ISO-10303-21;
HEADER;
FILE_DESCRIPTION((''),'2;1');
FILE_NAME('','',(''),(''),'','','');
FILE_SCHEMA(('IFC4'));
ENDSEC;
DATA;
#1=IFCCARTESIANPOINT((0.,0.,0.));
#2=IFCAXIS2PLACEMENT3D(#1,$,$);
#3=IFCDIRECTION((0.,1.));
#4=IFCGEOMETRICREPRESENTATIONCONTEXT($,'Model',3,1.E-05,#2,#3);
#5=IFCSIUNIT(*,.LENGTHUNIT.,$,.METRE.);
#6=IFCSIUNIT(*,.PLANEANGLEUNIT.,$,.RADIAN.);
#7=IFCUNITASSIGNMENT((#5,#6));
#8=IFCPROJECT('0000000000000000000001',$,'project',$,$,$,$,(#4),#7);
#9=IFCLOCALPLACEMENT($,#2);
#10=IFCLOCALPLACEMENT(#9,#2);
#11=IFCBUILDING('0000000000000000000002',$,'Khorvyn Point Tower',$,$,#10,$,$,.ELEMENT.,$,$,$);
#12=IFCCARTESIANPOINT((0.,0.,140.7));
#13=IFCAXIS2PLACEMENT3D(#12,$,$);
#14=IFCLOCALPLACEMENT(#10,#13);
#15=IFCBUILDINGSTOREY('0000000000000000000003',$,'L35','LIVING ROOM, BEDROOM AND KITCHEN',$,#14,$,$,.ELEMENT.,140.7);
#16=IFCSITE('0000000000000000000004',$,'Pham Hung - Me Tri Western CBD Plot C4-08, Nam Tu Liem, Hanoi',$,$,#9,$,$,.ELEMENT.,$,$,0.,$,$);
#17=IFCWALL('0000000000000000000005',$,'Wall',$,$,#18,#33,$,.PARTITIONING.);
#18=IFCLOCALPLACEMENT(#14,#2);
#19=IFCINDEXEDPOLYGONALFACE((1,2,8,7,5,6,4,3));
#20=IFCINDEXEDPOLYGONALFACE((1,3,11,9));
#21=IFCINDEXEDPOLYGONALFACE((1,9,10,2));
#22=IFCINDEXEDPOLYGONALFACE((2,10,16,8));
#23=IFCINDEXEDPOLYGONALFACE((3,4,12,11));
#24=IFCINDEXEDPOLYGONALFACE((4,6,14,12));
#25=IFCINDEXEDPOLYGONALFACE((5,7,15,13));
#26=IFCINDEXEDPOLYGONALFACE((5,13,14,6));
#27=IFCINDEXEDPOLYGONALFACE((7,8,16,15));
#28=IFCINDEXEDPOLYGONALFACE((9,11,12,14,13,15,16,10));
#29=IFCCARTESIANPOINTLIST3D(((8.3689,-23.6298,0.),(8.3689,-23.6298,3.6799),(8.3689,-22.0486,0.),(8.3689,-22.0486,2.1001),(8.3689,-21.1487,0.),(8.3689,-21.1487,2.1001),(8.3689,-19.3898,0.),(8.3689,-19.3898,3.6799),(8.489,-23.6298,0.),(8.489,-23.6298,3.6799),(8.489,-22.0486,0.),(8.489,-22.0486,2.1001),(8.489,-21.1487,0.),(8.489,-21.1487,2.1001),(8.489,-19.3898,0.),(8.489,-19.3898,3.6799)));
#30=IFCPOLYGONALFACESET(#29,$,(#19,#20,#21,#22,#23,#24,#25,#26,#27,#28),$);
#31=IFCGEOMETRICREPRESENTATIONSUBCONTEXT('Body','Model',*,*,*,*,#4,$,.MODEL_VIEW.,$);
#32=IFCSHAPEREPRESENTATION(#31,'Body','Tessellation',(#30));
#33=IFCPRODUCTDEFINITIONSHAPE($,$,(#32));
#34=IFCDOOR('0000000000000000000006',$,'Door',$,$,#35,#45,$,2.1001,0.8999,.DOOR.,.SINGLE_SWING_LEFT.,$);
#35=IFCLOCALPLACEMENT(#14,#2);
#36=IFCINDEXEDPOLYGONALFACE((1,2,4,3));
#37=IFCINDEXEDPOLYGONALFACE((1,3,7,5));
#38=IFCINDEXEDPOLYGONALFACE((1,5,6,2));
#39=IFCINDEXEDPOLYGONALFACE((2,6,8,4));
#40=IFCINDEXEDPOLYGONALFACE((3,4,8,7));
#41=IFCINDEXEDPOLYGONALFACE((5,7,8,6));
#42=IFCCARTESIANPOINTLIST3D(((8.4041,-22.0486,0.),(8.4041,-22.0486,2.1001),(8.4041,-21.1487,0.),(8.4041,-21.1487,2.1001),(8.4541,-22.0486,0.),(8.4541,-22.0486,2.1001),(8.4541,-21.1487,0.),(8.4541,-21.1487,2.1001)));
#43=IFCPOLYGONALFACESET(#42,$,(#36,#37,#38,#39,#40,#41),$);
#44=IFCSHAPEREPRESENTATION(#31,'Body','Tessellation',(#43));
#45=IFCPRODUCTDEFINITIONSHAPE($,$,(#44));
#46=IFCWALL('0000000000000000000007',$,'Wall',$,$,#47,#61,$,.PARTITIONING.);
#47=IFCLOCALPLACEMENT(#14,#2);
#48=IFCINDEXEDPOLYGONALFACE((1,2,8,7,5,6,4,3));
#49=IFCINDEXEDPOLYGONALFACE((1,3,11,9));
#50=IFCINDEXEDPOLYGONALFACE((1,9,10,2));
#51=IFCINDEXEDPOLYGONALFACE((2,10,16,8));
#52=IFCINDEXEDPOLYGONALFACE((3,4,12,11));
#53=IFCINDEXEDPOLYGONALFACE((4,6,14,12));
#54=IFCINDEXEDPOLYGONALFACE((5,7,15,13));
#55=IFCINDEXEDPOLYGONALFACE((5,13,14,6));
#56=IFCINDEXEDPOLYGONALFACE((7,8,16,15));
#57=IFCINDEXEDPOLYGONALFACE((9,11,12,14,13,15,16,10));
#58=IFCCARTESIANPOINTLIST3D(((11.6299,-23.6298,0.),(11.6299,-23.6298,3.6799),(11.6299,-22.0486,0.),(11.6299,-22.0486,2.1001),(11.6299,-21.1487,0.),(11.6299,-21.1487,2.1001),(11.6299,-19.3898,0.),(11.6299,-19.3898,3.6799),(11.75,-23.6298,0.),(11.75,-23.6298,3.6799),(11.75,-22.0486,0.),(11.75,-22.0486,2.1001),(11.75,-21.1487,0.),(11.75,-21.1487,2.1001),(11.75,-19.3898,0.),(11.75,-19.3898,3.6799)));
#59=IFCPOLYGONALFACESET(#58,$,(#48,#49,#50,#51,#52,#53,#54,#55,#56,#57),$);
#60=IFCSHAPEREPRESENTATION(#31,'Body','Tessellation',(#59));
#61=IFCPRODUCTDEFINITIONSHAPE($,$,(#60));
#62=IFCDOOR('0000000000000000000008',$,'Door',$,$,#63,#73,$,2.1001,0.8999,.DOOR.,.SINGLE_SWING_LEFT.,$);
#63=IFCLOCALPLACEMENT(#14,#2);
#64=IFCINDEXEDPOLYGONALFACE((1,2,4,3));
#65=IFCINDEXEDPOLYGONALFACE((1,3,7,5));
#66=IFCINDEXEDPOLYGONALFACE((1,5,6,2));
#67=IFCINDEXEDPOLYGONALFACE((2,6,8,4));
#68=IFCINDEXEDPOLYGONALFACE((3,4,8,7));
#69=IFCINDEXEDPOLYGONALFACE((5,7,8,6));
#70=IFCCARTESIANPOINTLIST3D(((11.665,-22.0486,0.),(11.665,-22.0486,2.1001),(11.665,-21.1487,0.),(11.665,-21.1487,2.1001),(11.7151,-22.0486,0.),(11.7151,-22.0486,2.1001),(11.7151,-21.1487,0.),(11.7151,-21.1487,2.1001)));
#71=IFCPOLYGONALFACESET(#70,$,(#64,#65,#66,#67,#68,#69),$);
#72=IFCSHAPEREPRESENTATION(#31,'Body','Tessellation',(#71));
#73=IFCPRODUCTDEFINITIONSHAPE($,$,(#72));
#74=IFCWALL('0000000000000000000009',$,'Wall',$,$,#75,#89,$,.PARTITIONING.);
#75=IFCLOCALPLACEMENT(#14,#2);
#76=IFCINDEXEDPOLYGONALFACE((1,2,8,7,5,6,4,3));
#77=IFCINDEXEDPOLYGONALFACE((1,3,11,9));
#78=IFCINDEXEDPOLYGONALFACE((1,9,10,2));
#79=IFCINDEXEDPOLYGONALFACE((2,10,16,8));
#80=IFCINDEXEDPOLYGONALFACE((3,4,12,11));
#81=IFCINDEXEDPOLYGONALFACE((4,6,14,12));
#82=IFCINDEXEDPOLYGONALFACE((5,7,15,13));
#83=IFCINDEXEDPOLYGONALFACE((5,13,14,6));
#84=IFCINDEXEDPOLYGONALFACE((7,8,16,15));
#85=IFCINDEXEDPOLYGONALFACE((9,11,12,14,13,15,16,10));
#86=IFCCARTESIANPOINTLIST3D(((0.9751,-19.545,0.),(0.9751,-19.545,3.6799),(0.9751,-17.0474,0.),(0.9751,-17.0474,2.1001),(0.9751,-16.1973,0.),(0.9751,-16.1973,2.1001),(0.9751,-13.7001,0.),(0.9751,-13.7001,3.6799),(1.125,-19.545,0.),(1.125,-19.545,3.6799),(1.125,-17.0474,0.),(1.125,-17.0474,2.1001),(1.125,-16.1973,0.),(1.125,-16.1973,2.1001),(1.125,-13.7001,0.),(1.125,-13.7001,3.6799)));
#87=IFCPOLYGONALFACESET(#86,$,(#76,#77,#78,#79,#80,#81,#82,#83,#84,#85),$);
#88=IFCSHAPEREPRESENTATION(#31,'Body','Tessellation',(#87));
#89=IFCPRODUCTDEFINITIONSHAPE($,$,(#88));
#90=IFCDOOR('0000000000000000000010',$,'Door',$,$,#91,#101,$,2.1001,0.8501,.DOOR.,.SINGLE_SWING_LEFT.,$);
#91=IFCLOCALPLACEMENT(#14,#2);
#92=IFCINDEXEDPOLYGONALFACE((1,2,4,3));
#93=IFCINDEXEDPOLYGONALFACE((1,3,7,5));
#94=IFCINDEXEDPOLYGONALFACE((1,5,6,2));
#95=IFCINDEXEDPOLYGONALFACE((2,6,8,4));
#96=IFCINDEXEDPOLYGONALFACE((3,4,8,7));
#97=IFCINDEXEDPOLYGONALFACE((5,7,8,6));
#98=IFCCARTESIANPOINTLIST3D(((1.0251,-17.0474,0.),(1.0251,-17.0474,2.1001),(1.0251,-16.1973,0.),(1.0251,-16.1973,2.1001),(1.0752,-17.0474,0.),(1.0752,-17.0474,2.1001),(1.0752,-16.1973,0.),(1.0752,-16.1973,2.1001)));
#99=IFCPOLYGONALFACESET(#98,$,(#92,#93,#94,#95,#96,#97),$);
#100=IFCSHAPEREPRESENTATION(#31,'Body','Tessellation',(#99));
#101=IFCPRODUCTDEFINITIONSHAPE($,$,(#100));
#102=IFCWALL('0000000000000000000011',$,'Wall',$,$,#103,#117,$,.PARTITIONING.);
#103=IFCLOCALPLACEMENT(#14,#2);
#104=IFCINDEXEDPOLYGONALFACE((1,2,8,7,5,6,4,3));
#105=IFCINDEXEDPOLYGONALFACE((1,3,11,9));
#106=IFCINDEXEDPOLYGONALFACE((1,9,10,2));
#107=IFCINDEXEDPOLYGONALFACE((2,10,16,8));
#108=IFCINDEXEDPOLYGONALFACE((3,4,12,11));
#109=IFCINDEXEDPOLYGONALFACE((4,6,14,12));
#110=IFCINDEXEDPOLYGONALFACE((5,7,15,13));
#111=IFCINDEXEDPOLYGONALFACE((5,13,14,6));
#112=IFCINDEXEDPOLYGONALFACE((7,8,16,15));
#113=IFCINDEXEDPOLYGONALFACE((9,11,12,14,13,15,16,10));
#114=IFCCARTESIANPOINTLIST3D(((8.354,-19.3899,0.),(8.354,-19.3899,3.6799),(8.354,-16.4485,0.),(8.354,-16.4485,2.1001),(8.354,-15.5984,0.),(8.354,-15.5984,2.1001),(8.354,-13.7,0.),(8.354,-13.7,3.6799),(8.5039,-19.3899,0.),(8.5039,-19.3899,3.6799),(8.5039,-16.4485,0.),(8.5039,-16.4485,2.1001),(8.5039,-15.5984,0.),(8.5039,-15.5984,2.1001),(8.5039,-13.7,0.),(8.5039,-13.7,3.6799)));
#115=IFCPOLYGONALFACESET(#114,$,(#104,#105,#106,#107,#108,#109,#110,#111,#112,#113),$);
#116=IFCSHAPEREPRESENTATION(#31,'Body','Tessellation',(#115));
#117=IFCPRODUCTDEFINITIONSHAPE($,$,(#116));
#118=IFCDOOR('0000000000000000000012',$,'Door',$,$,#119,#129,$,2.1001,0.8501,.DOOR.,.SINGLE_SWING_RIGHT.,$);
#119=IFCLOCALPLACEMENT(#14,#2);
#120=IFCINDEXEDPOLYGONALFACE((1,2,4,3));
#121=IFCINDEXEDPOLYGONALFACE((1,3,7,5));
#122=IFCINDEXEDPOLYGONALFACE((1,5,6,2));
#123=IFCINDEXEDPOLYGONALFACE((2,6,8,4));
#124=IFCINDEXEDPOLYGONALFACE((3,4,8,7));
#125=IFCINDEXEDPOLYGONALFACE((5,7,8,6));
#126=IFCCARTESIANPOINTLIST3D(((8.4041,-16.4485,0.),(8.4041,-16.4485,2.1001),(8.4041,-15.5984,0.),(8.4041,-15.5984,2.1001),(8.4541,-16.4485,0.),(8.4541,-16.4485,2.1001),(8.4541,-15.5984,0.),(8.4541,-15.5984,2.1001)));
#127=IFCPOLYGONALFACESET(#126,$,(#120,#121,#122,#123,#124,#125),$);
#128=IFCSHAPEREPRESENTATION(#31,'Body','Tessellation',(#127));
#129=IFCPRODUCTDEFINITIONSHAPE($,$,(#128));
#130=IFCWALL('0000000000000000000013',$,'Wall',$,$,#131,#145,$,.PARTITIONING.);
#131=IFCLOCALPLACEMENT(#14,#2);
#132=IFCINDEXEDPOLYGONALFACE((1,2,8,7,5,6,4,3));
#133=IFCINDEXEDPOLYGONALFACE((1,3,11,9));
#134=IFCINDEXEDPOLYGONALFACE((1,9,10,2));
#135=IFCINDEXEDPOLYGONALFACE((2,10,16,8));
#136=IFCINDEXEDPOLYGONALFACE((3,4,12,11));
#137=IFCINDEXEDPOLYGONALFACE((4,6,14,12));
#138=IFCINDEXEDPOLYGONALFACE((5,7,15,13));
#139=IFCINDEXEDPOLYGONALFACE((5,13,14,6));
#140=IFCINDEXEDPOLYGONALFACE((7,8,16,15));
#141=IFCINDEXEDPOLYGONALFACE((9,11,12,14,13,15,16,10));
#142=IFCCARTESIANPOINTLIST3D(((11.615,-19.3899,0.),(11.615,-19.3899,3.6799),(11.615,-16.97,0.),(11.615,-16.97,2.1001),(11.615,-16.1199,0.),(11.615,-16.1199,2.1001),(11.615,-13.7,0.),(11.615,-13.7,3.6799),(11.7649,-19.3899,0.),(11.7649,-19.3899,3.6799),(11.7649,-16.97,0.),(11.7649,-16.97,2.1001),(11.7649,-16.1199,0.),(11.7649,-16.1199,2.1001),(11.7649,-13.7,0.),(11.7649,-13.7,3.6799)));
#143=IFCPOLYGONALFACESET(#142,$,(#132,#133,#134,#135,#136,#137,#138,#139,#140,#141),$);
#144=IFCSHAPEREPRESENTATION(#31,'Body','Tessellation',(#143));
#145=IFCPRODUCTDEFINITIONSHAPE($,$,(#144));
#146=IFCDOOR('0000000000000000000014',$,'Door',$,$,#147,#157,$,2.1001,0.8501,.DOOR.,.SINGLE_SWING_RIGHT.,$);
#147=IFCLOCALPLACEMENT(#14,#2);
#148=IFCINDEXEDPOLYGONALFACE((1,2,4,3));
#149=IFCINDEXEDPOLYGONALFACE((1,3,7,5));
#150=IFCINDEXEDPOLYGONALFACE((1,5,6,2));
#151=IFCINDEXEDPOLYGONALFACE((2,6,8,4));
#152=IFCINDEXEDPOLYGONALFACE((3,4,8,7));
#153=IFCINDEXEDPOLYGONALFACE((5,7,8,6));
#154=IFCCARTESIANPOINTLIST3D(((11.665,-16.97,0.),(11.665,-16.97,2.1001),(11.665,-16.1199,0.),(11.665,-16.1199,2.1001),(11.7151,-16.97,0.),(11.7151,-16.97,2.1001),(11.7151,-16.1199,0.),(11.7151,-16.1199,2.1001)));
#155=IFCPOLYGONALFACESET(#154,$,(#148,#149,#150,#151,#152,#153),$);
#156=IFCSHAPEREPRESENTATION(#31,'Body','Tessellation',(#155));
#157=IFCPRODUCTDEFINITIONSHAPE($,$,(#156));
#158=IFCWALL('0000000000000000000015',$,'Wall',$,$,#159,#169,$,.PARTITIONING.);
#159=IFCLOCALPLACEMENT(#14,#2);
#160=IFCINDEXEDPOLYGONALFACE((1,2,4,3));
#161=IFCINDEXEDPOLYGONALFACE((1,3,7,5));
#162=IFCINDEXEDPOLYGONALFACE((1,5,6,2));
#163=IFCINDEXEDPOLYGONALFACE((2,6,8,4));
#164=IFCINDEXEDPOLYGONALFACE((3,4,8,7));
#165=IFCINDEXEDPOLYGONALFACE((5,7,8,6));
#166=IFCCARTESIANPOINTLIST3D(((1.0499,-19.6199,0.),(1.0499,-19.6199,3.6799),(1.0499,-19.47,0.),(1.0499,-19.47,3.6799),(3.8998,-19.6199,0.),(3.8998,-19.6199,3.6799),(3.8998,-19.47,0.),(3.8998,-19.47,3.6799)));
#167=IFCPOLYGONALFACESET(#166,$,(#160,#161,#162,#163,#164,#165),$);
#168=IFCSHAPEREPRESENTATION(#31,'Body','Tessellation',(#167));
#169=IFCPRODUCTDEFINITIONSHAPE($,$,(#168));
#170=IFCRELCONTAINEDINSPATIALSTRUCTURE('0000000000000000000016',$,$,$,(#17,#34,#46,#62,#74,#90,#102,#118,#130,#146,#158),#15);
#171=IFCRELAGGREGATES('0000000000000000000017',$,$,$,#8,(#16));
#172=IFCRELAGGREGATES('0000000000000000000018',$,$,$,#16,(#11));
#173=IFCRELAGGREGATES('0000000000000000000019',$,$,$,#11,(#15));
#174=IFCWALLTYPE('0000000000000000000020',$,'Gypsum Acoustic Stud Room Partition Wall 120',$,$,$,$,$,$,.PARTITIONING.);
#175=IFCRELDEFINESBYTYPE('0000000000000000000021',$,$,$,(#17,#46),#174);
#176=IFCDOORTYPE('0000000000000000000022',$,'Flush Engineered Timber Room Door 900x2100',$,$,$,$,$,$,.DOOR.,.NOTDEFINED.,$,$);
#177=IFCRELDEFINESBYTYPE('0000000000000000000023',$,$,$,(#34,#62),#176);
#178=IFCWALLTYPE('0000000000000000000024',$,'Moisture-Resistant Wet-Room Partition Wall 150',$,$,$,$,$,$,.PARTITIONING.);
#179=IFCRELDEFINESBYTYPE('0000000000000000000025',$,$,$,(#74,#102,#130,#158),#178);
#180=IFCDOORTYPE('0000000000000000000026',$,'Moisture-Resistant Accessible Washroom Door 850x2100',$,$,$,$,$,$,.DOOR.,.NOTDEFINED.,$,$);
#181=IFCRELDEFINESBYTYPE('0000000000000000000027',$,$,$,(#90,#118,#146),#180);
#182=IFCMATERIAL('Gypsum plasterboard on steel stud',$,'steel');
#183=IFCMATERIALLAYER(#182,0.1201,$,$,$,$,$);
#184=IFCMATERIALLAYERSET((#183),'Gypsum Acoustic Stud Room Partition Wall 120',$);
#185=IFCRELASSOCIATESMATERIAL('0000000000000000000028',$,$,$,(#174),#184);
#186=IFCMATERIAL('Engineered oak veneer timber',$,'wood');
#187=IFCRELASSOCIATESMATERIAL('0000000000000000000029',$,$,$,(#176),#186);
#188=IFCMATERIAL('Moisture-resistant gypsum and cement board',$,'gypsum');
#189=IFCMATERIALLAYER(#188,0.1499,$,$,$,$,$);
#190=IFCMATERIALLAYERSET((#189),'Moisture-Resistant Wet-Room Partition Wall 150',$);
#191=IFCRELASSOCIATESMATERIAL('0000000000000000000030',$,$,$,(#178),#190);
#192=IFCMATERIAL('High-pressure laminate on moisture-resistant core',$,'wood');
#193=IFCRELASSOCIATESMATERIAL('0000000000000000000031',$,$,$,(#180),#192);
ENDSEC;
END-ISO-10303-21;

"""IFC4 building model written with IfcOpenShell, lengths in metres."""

from ifc_helpers import new_model, si_unit, direction, frame, frame_2d, origin, place, context, subcontext, project, spatial, rectangle, extrude, material, layer, layer_set, type_object, element, fill, save


model = new_model("IFC4")

# Units and contexts
model_context = context("Model", 3, precision=1e-05, world=origin(), true_north=direction((0.0, 1.0)))
body_context = subcontext(model_context, "Body", "Model", "MODEL_VIEW")
ifc_project = project(units=[si_unit("LENGTHUNIT", "METRE"), si_unit("PLANEANGLEUNIT", "RADIAN")], contexts=[model_context])

# Site, building, storey
site_placement = place(None, origin())
site = spatial("IfcSite", under=ifc_project, at=site_placement, Name="Pham Hung - Me Tri Western CBD Plot C4-08, Nam Tu Liem, Hanoi", CompositionType="ELEMENT", RefElevation=0.0)
building_placement = place(site_placement, origin())
building = spatial("IfcBuilding", under=site, at=building_placement, Name="Khorvyn Point Tower", CompositionType="ELEMENT")
storey_placement = place(building_placement, frame((0.0, 0.0, 140.7)))
storey = spatial("IfcBuildingStorey", under=building, at=storey_placement, Name="L35", Description="LIVING ROOM, BEDROOM AND KITCHEN", CompositionType="ELEMENT", Elevation=140.7)

# Walls, openings, doors
ifc_material_1 = material(Name="Gypsum plasterboard on steel stud", Category="steel")
ifc_layer_1 = layer(ifc_material_1, 0.1201)
ifc_layer_set_1 = layer_set([ifc_layer_1], Name="Gypsum Acoustic Stud Room Partition Wall 120")
wall_type_1 = type_object("IfcWallType", Name="Gypsum Acoustic Stud Room Partition Wall 120", PredefinedType="PARTITIONING", material=ifc_layer_set_1)
ifc_material_2 = material(Name="Engineered oak veneer timber", Category="wood")
door_type_1 = type_object("IfcDoorType", Name="Flush Engineered Timber Room Door 900x2100", OperationType="NOTDEFINED", PredefinedType="DOOR", material=ifc_material_2)
wall_1_placement = place(storey_placement, frame((8.429, -23.6299, 0.0), z_axis=(0.0, 0.0, 1.0), x_axis=(0.0, 1.0, 0.0)))
wall_1 = element("IfcWall", 1, at=wall_1_placement, inside=storey, type_object=wall_type_1, Name="Wall", PredefinedType="PARTITIONING", context=body_context, shape_type="SweptSolid", body=[
    extrude(rectangle(XDim=4.24, YDim=0.1201, at=frame_2d((2.1201, 0.0))), origin(), (0.0, 0.0, 1.0), 3.6799),
])
opening_1_placement = place(wall_1_placement, frame((1.5813, 0.0, 0.0)))
opening_1 = element("IfcOpeningElement", 2, at=opening_1_placement, cuts=wall_1, PredefinedType="OPENING", context=body_context, shape_type="SweptSolid", body=[
    extrude(rectangle(XDim=0.8999, YDim=2.1001, at=frame_2d((0.45, 1.05))), frame((0.0, 0.0701, 0.0), z_axis=(0.0, -1.0, 0.0), x_axis=(1.0, 0.0, 0.0)), (0.0, 0.0, 1.0), 0.1401),
])
door_1_placement = place(opening_1_placement, origin())
door_1 = element("IfcDoor", 3, at=door_1_placement, inside=storey, type_object=door_type_1, Name="Door", OperationType="SINGLE_SWING_LEFT", OverallHeight=2.1001, OverallWidth=0.8999, PredefinedType="DOOR", context=body_context, shape_type="SweptSolid", body=[
    extrude(rectangle(XDim=0.8999, YDim=2.1001, at=frame_2d((0.45, 1.05))), frame((0.0, 0.0249, 0.0), z_axis=(0.0, -1.0, 0.0), x_axis=(1.0, 0.0, 0.0)), (0.0, 0.0, 1.0), 0.05),
])
fill(opening_1, door_1)
wall_2_placement = place(storey_placement, frame((11.6899, -23.6299, 0.0), z_axis=(0.0, 0.0, 1.0), x_axis=(0.0, 1.0, 0.0)))
wall_2 = element("IfcWall", 4, at=wall_2_placement, inside=storey, type_object=wall_type_1, Name="Wall", PredefinedType="PARTITIONING", context=body_context, shape_type="SweptSolid", body=[
    extrude(rectangle(XDim=4.24, YDim=0.1201, at=frame_2d((2.1201, 0.0))), origin(), (0.0, 0.0, 1.0), 3.6799),
])
opening_2_placement = place(wall_2_placement, frame((1.5813, 0.0, 0.0)))
opening_2 = element("IfcOpeningElement", 5, at=opening_2_placement, cuts=wall_2, PredefinedType="OPENING", context=body_context, shape_type="SweptSolid", body=[
    extrude(rectangle(XDim=0.8999, YDim=2.1001, at=frame_2d((0.45, 1.05))), frame((0.0, 0.0701, 0.0), z_axis=(0.0, -1.0, 0.0), x_axis=(1.0, 0.0, 0.0)), (0.0, 0.0, 1.0), 0.1401),
])
door_2_placement = place(opening_2_placement, origin())
door_2 = element("IfcDoor", 6, at=door_2_placement, inside=storey, type_object=door_type_1, Name="Door", OperationType="SINGLE_SWING_LEFT", OverallHeight=2.1001, OverallWidth=0.8999, PredefinedType="DOOR", context=body_context, shape_type="SweptSolid", body=[
    extrude(rectangle(XDim=0.8999, YDim=2.1001, at=frame_2d((0.45, 1.05))), frame((0.0, 0.0249, 0.0), z_axis=(0.0, -1.0, 0.0), x_axis=(1.0, 0.0, 0.0)), (0.0, 0.0, 1.0), 0.05),
])
fill(opening_2, door_2)
ifc_material_3 = material(Name="Moisture-resistant gypsum and cement board", Category="gypsum")
ifc_layer_2 = layer(ifc_material_3, 0.1499)
ifc_layer_set_2 = layer_set([ifc_layer_2], Name="Moisture-Resistant Wet-Room Partition Wall 150")
wall_type_2 = type_object("IfcWallType", Name="Moisture-Resistant Wet-Room Partition Wall 150", PredefinedType="PARTITIONING", material=ifc_layer_set_2)
wall_3_placement = place(storey_placement, frame((1.05, -19.5449, 0.0), z_axis=(0.0, 0.0, 1.0), x_axis=(0.0, 1.0, 0.0)))
wall_3 = element("IfcWall", 7, at=wall_3_placement, inside=storey, type_object=wall_type_2, Name="Wall", PredefinedType="PARTITIONING", context=body_context, shape_type="SweptSolid", body=[
    extrude(rectangle(XDim=5.845, YDim=0.1499, at=frame_2d((2.9224, 0.0))), origin(), (0.0, 0.0, 1.0), 3.6799),
])
opening_3_placement = place(wall_3_placement, frame((2.4976, 0.0, 0.0)))
opening_3 = element("IfcOpeningElement", 8, at=opening_3_placement, cuts=wall_3, PredefinedType="OPENING", context=body_context, shape_type="SweptSolid", body=[
    extrude(rectangle(XDim=0.8501, YDim=2.1001, at=frame_2d((0.425, 1.05))), frame((0.0, 0.085, 0.0), z_axis=(0.0, -1.0, 0.0), x_axis=(1.0, 0.0, 0.0)), (0.0, 0.0, 1.0), 0.1699),
])
ifc_material_4 = material(Name="High-pressure laminate on moisture-resistant core", Category="wood")
door_type_2 = type_object("IfcDoorType", Name="Moisture-Resistant Accessible Washroom Door 850x2100", OperationType="NOTDEFINED", PredefinedType="DOOR", material=ifc_material_4)
door_3_placement = place(opening_3_placement, origin())
door_3 = element("IfcDoor", 9, at=door_3_placement, inside=storey, type_object=door_type_2, Name="Door", OperationType="SINGLE_SWING_LEFT", OverallHeight=2.1001, OverallWidth=0.8501, PredefinedType="DOOR", context=body_context, shape_type="SweptSolid", body=[
    extrude(rectangle(XDim=0.8501, YDim=2.1001, at=frame_2d((0.425, 1.05))), frame((0.0, 0.0249, 0.0), z_axis=(0.0, -1.0, 0.0), x_axis=(1.0, 0.0, 0.0)), (0.0, 0.0, 1.0), 0.05),
])
fill(opening_3, door_3)
wall_4_placement = place(storey_placement, frame((8.429, -19.3899, 0.0), z_axis=(0.0, 0.0, 1.0), x_axis=(0.0, 1.0, 0.0)))
wall_4 = element("IfcWall", 10, at=wall_4_placement, inside=storey, type_object=wall_type_2, Name="Wall", PredefinedType="PARTITIONING", context=body_context, shape_type="SweptSolid", body=[
    extrude(rectangle(XDim=5.6899, YDim=0.1499, at=frame_2d((2.845, 0.0))), origin(), (0.0, 0.0, 1.0), 3.6799),
])
opening_4_placement = place(wall_4_placement, frame((2.9414, 0.0, 0.0)))
opening_4 = element("IfcOpeningElement", 11, at=opening_4_placement, cuts=wall_4, PredefinedType="OPENING", context=body_context, shape_type="SweptSolid", body=[
    extrude(rectangle(XDim=0.8501, YDim=2.1001, at=frame_2d((0.425, 1.05))), frame((0.0, 0.085, 0.0), z_axis=(0.0, -1.0, 0.0), x_axis=(1.0, 0.0, 0.0)), (0.0, 0.0, 1.0), 0.1699),
])
door_4_placement = place(opening_4_placement, origin())
door_4 = element("IfcDoor", 12, at=door_4_placement, inside=storey, type_object=door_type_2, Name="Door", OperationType="SINGLE_SWING_RIGHT", OverallHeight=2.1001, OverallWidth=0.8501, PredefinedType="DOOR", context=body_context, shape_type="SweptSolid", body=[
    extrude(rectangle(XDim=0.8501, YDim=2.1001, at=frame_2d((0.425, 1.05))), frame((0.0, 0.0249, 0.0), z_axis=(0.0, -1.0, 0.0), x_axis=(1.0, 0.0, 0.0)), (0.0, 0.0, 1.0), 0.05),
])
fill(opening_4, door_4)
wall_5_placement = place(storey_placement, frame((11.6899, -19.3899, 0.0), z_axis=(0.0, 0.0, 1.0), x_axis=(0.0, 1.0, 0.0)))
wall_5 = element("IfcWall", 13, at=wall_5_placement, inside=storey, type_object=wall_type_2, Name="Wall", PredefinedType="PARTITIONING", context=body_context, shape_type="SweptSolid", body=[
    extrude(rectangle(XDim=5.6899, YDim=0.1499, at=frame_2d((2.845, 0.0))), origin(), (0.0, 0.0, 1.0), 3.6799),
])
opening_5_placement = place(wall_5_placement, frame((2.4199, 0.0, 0.0)))
opening_5 = element("IfcOpeningElement", 14, at=opening_5_placement, cuts=wall_5, PredefinedType="OPENING", context=body_context, shape_type="SweptSolid", body=[
    extrude(rectangle(XDim=0.8501, YDim=2.1001, at=frame_2d((0.425, 1.05))), frame((0.0, 0.085, 0.0), z_axis=(0.0, -1.0, 0.0), x_axis=(1.0, 0.0, 0.0)), (0.0, 0.0, 1.0), 0.1699),
])
door_5_placement = place(opening_5_placement, origin())
door_5 = element("IfcDoor", 15, at=door_5_placement, inside=storey, type_object=door_type_2, Name="Door", OperationType="SINGLE_SWING_RIGHT", OverallHeight=2.1001, OverallWidth=0.8501, PredefinedType="DOOR", context=body_context, shape_type="SweptSolid", body=[
    extrude(rectangle(XDim=0.8501, YDim=2.1001, at=frame_2d((0.425, 1.05))), frame((0.0, 0.0249, 0.0), z_axis=(0.0, -1.0, 0.0), x_axis=(1.0, 0.0, 0.0)), (0.0, 0.0, 1.0), 0.05),
])
fill(opening_5, door_5)

# Wall
wall_6_placement = place(storey_placement, frame((1.05, -19.5449, 0.0), z_axis=(0.0, 0.0, 1.0), x_axis=(1.0, 0.0, 0.0)))
element("IfcWall", 16, at=wall_6_placement, inside=storey, type_object=wall_type_2, Name="Wall", PredefinedType="PARTITIONING", context=body_context, shape_type="SweptSolid", body=[
    extrude(rectangle(XDim=2.8499, YDim=0.1499, at=frame_2d((1.4248, 0.0))), origin(), (0.0, 0.0, 1.0), 3.6799),
])

save(model, "model.ifc")
